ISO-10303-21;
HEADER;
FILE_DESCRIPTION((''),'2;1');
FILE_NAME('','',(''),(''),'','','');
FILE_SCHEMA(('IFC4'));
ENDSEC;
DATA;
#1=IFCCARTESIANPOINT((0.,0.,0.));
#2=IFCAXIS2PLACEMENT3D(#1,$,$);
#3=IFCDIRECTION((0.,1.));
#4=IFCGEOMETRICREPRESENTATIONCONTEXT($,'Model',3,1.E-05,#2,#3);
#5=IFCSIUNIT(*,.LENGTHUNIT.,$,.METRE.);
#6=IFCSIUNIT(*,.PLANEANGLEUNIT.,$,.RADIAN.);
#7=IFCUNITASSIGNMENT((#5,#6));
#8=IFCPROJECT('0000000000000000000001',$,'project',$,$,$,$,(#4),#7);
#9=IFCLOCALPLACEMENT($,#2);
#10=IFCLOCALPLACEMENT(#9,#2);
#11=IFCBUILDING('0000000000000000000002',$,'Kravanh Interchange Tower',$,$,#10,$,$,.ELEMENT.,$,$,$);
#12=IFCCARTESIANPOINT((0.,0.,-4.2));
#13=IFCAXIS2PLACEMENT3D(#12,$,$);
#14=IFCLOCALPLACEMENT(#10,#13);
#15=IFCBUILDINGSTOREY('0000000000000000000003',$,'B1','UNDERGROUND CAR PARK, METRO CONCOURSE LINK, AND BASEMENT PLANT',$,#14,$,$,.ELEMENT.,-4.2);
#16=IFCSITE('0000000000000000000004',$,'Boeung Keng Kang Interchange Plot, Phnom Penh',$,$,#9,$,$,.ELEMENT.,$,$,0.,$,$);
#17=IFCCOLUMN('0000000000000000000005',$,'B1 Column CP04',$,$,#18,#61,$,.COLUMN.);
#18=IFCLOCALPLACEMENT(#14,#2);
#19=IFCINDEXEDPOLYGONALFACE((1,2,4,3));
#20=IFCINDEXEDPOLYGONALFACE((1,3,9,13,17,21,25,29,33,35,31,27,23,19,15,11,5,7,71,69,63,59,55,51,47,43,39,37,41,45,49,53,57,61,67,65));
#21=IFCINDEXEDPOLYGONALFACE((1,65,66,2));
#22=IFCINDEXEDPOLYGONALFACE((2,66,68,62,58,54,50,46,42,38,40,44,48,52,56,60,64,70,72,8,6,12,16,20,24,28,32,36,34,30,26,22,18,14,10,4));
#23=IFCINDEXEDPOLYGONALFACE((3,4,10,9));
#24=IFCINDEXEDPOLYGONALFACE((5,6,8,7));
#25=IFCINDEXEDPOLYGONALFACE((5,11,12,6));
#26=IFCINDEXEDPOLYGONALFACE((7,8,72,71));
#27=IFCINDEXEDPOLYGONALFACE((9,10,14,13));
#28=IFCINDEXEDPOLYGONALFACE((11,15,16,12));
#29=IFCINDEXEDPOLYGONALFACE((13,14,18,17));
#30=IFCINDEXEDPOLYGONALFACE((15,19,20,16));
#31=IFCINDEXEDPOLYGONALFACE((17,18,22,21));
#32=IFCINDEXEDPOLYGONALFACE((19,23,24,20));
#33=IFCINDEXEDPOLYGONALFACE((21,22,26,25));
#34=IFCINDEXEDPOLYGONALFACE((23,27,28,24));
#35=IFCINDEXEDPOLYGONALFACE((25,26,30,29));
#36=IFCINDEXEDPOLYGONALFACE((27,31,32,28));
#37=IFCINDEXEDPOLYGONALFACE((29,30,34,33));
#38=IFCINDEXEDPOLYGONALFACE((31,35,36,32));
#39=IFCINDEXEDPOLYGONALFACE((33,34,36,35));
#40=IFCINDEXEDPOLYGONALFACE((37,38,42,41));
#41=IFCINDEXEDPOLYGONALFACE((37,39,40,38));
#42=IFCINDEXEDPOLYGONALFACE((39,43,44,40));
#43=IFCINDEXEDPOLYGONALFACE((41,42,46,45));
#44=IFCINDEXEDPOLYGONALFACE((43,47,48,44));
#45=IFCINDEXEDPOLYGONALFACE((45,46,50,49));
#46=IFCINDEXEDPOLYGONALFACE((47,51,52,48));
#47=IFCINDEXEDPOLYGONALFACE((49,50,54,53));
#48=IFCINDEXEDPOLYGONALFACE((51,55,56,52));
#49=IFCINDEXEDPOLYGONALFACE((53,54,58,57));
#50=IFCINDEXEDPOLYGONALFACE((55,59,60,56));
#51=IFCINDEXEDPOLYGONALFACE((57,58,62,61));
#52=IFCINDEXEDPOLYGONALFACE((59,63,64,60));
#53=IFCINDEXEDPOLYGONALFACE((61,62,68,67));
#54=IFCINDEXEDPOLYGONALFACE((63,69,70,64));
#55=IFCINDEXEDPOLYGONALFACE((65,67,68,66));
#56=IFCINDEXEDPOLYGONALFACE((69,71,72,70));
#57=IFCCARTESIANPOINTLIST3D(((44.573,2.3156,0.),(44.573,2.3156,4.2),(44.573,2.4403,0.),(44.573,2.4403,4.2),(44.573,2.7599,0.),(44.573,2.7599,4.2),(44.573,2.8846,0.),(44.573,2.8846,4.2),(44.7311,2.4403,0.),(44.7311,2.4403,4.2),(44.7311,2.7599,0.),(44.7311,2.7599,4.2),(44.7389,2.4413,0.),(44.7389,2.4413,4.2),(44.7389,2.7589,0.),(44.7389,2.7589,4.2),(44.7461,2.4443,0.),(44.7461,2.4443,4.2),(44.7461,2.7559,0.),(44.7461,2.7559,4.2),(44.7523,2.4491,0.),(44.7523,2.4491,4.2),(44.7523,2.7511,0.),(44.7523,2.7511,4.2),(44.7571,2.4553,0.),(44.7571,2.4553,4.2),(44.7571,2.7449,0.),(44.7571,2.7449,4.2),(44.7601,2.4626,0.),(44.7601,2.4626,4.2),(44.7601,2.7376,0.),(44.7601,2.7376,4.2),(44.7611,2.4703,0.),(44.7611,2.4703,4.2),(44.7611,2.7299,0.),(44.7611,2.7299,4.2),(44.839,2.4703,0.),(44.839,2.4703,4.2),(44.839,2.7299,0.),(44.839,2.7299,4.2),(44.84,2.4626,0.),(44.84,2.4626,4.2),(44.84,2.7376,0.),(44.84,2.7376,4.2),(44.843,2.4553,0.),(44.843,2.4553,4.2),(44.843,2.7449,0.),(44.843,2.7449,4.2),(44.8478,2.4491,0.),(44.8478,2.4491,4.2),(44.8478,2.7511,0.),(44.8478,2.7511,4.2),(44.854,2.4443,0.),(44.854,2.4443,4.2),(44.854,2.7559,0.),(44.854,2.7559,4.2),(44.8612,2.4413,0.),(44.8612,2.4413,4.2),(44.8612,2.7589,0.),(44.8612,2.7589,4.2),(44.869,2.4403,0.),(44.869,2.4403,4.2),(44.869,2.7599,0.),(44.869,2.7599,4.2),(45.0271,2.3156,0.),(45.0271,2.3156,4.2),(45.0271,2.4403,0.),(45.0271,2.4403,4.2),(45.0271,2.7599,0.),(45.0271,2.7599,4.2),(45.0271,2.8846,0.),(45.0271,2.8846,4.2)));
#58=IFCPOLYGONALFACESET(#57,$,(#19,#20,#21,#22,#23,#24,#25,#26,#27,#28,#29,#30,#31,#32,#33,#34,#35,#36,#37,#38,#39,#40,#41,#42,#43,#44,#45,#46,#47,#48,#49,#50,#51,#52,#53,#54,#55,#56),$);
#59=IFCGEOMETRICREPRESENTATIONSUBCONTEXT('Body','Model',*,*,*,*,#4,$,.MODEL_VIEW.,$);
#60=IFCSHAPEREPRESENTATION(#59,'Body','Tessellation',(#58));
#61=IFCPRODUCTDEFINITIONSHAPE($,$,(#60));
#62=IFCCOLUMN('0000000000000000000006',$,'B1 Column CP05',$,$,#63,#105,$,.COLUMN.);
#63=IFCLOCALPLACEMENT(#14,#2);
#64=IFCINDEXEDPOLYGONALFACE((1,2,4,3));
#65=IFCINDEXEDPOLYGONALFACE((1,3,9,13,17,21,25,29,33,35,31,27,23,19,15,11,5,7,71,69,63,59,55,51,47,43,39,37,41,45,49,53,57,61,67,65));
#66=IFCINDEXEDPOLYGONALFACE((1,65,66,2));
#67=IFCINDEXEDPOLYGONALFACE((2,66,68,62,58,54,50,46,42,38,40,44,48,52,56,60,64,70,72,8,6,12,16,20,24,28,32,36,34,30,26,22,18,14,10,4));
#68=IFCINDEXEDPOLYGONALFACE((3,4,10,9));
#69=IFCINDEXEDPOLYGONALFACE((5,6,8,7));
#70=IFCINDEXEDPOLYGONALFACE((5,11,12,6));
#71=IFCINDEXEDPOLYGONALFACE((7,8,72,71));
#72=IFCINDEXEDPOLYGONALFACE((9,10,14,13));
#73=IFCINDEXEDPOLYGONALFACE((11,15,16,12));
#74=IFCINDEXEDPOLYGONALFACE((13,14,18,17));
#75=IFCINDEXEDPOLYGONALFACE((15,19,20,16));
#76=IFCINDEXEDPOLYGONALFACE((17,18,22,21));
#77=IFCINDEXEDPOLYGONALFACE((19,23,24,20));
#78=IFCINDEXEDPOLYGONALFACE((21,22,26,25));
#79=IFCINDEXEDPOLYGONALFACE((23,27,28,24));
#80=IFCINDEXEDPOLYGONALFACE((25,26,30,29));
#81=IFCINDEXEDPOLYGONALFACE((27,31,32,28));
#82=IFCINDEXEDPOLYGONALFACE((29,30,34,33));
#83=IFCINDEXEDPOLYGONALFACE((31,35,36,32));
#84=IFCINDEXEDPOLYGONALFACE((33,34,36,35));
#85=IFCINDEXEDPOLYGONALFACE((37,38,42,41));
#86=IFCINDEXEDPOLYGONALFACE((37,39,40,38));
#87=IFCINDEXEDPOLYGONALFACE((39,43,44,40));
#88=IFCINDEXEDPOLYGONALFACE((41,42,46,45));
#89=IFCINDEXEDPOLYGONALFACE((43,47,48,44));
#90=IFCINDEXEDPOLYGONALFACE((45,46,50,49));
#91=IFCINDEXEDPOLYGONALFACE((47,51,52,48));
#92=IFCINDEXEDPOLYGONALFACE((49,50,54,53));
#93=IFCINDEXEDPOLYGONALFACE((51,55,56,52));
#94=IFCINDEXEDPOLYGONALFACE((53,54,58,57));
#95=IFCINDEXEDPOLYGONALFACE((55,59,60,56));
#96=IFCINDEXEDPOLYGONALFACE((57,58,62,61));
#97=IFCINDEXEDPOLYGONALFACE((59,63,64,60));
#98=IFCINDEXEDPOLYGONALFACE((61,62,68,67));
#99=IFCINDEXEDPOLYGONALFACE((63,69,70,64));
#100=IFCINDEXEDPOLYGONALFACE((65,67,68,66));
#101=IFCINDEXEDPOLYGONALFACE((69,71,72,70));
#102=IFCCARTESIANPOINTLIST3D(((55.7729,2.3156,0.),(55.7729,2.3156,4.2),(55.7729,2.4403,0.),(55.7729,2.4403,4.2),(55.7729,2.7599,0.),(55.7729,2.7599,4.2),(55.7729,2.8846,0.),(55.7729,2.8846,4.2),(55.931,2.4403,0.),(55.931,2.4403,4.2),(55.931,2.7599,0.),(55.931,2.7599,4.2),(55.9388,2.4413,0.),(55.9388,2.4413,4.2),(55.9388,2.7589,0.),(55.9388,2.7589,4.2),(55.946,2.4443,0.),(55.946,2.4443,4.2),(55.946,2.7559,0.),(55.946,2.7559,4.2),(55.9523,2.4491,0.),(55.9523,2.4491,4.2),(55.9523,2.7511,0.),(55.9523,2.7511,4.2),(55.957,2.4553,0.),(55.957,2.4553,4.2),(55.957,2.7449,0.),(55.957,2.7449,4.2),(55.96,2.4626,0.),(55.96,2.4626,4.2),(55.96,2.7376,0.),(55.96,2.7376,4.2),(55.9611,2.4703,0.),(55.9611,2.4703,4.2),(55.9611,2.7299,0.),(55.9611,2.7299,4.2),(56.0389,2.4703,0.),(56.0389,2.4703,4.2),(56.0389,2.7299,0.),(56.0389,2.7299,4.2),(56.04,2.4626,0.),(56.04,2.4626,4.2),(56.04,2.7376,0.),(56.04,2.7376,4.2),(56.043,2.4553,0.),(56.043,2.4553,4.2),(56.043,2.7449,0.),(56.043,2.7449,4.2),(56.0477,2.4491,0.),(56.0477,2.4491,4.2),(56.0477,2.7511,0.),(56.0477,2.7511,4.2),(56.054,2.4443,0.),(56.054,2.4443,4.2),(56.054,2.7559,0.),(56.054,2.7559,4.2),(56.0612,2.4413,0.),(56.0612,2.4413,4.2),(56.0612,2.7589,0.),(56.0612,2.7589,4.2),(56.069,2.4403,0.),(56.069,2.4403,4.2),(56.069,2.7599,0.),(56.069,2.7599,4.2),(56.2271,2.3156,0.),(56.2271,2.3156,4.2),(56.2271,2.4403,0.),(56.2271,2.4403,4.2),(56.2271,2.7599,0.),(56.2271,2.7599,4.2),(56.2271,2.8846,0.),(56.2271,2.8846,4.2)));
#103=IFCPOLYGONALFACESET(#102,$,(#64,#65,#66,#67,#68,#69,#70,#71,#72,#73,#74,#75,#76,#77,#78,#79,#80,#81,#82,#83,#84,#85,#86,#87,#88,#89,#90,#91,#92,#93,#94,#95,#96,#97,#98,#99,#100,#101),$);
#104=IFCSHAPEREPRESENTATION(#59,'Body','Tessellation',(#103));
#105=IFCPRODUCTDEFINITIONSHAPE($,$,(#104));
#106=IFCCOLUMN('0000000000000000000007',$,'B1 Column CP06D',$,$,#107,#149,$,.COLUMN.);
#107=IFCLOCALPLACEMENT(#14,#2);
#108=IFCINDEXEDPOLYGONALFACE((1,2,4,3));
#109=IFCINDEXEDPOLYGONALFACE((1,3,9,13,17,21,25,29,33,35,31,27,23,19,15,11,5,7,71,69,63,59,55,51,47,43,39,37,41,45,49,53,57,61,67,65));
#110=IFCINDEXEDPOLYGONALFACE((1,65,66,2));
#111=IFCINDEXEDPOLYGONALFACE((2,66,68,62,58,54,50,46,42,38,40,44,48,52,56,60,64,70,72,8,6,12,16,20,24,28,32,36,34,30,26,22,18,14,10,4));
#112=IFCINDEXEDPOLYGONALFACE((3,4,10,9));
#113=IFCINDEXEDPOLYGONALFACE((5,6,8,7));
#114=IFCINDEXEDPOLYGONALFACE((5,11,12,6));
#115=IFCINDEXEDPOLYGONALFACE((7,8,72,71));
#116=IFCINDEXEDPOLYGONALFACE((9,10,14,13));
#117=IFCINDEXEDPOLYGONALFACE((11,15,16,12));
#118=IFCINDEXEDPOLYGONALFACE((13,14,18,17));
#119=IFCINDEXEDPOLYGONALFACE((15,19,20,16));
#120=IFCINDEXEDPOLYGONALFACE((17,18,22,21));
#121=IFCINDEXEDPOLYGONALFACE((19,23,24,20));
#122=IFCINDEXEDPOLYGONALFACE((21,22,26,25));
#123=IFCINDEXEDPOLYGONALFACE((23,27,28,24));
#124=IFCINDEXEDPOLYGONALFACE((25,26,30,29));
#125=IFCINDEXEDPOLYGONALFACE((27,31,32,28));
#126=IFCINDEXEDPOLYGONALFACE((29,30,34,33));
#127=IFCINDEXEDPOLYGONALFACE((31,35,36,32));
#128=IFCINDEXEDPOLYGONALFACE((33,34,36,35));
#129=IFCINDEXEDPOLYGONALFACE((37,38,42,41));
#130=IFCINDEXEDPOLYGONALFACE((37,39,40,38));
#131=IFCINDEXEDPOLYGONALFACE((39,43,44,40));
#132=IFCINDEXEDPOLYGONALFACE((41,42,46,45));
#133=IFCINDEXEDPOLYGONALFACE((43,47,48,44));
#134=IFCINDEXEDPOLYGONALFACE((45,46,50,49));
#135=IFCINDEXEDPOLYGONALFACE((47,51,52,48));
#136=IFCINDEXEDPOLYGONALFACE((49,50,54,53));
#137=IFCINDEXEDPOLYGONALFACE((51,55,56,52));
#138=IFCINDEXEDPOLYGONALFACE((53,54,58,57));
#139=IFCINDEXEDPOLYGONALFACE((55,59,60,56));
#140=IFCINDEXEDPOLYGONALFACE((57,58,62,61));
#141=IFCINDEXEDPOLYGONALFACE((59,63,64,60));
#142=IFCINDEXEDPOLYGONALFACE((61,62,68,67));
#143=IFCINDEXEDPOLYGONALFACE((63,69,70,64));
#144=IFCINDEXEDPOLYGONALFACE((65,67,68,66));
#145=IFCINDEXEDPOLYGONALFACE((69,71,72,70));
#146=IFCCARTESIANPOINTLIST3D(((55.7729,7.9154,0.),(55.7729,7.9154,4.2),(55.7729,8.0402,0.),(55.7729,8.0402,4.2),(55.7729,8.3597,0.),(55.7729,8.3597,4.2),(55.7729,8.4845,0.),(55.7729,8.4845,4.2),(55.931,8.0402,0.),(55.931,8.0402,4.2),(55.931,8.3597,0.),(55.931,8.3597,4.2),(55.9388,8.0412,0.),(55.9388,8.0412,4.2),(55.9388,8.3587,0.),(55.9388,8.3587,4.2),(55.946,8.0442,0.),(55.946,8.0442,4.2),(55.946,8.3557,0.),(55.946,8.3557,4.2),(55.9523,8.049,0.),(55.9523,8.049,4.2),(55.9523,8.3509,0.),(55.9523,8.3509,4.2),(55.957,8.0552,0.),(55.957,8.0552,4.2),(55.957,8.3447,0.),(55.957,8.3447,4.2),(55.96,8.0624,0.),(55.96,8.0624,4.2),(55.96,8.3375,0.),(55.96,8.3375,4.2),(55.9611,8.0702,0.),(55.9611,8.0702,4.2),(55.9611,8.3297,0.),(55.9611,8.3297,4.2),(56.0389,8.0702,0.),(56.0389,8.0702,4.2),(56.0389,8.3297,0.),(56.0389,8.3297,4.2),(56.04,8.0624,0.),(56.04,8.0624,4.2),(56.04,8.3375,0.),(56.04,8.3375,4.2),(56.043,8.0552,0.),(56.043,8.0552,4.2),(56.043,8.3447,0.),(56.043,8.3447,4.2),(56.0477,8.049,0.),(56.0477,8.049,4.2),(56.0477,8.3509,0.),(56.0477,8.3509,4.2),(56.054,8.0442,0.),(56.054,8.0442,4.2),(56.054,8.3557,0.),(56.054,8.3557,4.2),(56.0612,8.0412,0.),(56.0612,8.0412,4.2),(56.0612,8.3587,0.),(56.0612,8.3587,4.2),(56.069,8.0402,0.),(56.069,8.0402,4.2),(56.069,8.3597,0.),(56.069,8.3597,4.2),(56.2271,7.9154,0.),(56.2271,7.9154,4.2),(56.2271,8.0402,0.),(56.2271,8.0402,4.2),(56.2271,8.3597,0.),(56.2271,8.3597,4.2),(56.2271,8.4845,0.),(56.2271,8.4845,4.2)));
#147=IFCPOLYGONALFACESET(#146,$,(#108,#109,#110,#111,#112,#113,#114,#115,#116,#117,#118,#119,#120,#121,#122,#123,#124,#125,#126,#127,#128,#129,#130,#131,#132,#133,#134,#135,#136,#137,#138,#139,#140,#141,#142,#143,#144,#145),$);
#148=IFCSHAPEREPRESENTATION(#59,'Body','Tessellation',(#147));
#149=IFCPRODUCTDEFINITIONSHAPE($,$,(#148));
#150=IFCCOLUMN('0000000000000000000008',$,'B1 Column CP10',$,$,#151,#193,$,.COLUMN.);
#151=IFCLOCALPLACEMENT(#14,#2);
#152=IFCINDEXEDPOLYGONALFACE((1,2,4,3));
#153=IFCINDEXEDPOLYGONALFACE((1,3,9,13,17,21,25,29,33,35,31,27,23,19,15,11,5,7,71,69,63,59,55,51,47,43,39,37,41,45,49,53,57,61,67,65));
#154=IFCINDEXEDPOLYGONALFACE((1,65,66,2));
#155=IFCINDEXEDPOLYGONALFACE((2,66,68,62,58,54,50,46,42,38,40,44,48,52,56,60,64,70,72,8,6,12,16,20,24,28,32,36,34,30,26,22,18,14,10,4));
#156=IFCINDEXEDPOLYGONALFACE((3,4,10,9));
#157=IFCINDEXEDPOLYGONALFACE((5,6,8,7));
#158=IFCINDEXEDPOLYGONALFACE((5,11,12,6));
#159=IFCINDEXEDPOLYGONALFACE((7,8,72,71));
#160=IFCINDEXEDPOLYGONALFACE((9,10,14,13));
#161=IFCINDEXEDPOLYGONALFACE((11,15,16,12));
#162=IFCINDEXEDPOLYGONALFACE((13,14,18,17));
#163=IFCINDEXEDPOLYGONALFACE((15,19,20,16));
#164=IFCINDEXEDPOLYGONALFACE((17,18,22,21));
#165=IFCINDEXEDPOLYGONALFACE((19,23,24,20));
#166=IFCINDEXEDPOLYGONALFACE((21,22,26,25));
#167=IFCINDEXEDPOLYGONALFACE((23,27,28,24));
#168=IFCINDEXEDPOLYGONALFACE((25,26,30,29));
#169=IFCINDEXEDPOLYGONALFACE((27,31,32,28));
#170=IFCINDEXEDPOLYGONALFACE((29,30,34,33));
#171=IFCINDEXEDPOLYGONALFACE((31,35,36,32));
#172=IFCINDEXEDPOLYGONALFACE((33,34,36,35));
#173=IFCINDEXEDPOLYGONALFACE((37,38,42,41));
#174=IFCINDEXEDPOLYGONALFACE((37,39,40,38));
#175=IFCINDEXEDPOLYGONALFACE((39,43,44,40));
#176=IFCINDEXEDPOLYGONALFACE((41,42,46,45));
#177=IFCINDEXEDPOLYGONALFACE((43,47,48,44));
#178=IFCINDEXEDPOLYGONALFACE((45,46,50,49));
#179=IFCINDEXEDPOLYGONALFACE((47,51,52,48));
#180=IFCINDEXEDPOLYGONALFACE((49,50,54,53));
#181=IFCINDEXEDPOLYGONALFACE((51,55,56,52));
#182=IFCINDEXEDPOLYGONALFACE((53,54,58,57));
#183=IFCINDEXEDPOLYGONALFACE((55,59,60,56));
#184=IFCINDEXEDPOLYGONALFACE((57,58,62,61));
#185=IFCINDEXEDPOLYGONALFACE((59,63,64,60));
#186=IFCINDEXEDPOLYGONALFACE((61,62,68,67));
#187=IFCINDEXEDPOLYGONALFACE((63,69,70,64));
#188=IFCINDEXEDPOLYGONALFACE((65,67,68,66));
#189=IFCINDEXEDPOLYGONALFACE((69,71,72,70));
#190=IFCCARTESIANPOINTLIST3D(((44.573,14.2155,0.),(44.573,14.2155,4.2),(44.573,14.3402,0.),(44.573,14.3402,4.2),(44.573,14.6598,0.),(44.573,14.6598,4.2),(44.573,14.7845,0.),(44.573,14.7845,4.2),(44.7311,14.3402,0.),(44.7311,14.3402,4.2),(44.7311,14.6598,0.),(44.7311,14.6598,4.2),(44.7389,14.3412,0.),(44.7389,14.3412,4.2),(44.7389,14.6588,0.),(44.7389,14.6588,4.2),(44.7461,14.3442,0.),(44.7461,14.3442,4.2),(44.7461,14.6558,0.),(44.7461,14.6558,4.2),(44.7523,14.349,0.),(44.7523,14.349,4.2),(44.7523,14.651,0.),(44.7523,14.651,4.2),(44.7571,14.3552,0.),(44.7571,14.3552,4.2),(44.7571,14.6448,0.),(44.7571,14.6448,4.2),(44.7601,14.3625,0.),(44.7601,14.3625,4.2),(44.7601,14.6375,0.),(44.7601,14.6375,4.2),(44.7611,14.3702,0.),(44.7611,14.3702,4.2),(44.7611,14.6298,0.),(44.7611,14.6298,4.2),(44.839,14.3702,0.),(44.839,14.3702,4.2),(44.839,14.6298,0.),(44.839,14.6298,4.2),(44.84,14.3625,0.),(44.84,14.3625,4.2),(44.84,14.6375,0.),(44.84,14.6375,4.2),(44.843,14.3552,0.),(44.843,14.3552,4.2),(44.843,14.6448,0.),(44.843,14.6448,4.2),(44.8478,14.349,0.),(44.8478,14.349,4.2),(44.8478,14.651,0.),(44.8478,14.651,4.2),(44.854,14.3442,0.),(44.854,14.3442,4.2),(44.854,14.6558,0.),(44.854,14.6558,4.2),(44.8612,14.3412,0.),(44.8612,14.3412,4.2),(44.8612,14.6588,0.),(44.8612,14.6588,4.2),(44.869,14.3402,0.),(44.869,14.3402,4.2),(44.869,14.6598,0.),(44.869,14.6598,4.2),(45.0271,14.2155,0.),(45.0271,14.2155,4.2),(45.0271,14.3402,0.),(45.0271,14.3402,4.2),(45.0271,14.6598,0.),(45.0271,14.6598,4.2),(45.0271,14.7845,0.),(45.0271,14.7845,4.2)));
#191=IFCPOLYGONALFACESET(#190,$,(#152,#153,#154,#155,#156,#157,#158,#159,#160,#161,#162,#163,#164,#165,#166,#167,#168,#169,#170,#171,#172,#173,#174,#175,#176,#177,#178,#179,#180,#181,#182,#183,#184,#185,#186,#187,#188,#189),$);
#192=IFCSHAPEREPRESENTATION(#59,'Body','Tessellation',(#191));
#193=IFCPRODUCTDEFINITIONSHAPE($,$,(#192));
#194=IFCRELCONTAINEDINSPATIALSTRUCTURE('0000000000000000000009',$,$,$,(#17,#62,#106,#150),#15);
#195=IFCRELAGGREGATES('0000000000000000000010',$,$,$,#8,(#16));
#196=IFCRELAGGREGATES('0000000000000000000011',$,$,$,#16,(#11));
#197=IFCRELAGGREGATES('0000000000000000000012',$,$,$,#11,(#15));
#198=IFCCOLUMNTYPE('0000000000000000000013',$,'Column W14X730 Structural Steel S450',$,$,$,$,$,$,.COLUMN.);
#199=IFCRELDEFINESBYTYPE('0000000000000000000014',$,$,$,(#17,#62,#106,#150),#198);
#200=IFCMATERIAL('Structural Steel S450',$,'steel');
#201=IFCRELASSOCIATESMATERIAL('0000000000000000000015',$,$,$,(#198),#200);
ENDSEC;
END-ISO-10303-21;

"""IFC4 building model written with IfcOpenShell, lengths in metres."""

from ifc_helpers import new_model, si_unit, direction, frame, origin, origin_2d, place, context, subcontext, project, spatial, i_section, extrude, material, material_profile, profile_set, type_object, element, save


model = new_model("IFC4")

# Units and contexts
model_context = context("Model", 3, precision=1e-05, world=origin(), true_north=direction((0.0, 1.0)))
body_context = subcontext(model_context, "Body", "Model", "MODEL_VIEW")
ifc_project = project(units=[si_unit("LENGTHUNIT", "METRE"), si_unit("PLANEANGLEUNIT", "RADIAN")], contexts=[model_context])

# Site, building, storey
site_placement = place(None, origin())
site = spatial("IfcSite", under=ifc_project, at=site_placement, Name="Boeung Keng Kang Interchange Plot, Phnom Penh", CompositionType="ELEMENT", RefElevation=0.0)
building_placement = place(site_placement, origin())
building = spatial("IfcBuilding", under=site, at=building_placement, Name="Kravanh Interchange Tower", CompositionType="ELEMENT")
storey_placement = place(building_placement, frame((0.0, 0.0, -4.2)))
storey = spatial("IfcBuildingStorey", under=building, at=storey_placement, Name="B1", Description="UNDERGROUND CAR PARK, METRO CONCOURSE LINK, AND BASEMENT PLANT", CompositionType="ELEMENT", Elevation=-4.2)

# Columns
ifc_material_1 = material(Name="Structural Steel S450", Category="steel")
ifc_material_profile_1 = material_profile(ifc_material_1, i_section(OverallWidth=0.4541, OverallDepth=0.5691, WebThickness=0.0779, FlangeThickness=0.1248, FilletRadius=0.03, at=origin_2d()), Name="W14X730")
ifc_profile_set_1 = profile_set([ifc_material_profile_1], Name="Structural Steel S450")
column_type = type_object("IfcColumnType", Name="Column W14X730 Structural Steel S450", PredefinedType="COLUMN", material=ifc_profile_set_1)
for number, where, z_axis, x_axis, name in (
    (1, (44.8, 2.6001, 0.0), (0.0, 0.0, 1.0), (1.0, 0.0, 0.0), "B1 Column CP04"),
    (2, (56.0, 2.6001, 0.0), (0.0, 0.0, 1.0), (1.0, 0.0, 0.0), "B1 Column CP05"),
    (3, (56.0, 8.2, 0.0), (0.0, 0.0, 1.0), (1.0, 0.0, 0.0), "B1 Column CP06D"),
    (4, (44.8, 14.5, 0.0), (0.0, 0.0, 1.0), (1.0, 0.0, 0.0), "B1 Column CP10"),
):
    element("IfcColumn", number, at=place(storey_placement, frame(where, z_axis=z_axis, x_axis=x_axis)), inside=storey, type_object=column_type, Name=name, PredefinedType="COLUMN", context=body_context, shape_type="SweptSolid", body=[
        extrude(i_section(OverallWidth=0.4541, OverallDepth=0.5691, WebThickness=0.0779, FlangeThickness=0.1248, FilletRadius=0.03, at=origin_2d()), origin(), (0.0, 0.0, 1.0), 4.2),
    ])

save(model, "model.ifc")
